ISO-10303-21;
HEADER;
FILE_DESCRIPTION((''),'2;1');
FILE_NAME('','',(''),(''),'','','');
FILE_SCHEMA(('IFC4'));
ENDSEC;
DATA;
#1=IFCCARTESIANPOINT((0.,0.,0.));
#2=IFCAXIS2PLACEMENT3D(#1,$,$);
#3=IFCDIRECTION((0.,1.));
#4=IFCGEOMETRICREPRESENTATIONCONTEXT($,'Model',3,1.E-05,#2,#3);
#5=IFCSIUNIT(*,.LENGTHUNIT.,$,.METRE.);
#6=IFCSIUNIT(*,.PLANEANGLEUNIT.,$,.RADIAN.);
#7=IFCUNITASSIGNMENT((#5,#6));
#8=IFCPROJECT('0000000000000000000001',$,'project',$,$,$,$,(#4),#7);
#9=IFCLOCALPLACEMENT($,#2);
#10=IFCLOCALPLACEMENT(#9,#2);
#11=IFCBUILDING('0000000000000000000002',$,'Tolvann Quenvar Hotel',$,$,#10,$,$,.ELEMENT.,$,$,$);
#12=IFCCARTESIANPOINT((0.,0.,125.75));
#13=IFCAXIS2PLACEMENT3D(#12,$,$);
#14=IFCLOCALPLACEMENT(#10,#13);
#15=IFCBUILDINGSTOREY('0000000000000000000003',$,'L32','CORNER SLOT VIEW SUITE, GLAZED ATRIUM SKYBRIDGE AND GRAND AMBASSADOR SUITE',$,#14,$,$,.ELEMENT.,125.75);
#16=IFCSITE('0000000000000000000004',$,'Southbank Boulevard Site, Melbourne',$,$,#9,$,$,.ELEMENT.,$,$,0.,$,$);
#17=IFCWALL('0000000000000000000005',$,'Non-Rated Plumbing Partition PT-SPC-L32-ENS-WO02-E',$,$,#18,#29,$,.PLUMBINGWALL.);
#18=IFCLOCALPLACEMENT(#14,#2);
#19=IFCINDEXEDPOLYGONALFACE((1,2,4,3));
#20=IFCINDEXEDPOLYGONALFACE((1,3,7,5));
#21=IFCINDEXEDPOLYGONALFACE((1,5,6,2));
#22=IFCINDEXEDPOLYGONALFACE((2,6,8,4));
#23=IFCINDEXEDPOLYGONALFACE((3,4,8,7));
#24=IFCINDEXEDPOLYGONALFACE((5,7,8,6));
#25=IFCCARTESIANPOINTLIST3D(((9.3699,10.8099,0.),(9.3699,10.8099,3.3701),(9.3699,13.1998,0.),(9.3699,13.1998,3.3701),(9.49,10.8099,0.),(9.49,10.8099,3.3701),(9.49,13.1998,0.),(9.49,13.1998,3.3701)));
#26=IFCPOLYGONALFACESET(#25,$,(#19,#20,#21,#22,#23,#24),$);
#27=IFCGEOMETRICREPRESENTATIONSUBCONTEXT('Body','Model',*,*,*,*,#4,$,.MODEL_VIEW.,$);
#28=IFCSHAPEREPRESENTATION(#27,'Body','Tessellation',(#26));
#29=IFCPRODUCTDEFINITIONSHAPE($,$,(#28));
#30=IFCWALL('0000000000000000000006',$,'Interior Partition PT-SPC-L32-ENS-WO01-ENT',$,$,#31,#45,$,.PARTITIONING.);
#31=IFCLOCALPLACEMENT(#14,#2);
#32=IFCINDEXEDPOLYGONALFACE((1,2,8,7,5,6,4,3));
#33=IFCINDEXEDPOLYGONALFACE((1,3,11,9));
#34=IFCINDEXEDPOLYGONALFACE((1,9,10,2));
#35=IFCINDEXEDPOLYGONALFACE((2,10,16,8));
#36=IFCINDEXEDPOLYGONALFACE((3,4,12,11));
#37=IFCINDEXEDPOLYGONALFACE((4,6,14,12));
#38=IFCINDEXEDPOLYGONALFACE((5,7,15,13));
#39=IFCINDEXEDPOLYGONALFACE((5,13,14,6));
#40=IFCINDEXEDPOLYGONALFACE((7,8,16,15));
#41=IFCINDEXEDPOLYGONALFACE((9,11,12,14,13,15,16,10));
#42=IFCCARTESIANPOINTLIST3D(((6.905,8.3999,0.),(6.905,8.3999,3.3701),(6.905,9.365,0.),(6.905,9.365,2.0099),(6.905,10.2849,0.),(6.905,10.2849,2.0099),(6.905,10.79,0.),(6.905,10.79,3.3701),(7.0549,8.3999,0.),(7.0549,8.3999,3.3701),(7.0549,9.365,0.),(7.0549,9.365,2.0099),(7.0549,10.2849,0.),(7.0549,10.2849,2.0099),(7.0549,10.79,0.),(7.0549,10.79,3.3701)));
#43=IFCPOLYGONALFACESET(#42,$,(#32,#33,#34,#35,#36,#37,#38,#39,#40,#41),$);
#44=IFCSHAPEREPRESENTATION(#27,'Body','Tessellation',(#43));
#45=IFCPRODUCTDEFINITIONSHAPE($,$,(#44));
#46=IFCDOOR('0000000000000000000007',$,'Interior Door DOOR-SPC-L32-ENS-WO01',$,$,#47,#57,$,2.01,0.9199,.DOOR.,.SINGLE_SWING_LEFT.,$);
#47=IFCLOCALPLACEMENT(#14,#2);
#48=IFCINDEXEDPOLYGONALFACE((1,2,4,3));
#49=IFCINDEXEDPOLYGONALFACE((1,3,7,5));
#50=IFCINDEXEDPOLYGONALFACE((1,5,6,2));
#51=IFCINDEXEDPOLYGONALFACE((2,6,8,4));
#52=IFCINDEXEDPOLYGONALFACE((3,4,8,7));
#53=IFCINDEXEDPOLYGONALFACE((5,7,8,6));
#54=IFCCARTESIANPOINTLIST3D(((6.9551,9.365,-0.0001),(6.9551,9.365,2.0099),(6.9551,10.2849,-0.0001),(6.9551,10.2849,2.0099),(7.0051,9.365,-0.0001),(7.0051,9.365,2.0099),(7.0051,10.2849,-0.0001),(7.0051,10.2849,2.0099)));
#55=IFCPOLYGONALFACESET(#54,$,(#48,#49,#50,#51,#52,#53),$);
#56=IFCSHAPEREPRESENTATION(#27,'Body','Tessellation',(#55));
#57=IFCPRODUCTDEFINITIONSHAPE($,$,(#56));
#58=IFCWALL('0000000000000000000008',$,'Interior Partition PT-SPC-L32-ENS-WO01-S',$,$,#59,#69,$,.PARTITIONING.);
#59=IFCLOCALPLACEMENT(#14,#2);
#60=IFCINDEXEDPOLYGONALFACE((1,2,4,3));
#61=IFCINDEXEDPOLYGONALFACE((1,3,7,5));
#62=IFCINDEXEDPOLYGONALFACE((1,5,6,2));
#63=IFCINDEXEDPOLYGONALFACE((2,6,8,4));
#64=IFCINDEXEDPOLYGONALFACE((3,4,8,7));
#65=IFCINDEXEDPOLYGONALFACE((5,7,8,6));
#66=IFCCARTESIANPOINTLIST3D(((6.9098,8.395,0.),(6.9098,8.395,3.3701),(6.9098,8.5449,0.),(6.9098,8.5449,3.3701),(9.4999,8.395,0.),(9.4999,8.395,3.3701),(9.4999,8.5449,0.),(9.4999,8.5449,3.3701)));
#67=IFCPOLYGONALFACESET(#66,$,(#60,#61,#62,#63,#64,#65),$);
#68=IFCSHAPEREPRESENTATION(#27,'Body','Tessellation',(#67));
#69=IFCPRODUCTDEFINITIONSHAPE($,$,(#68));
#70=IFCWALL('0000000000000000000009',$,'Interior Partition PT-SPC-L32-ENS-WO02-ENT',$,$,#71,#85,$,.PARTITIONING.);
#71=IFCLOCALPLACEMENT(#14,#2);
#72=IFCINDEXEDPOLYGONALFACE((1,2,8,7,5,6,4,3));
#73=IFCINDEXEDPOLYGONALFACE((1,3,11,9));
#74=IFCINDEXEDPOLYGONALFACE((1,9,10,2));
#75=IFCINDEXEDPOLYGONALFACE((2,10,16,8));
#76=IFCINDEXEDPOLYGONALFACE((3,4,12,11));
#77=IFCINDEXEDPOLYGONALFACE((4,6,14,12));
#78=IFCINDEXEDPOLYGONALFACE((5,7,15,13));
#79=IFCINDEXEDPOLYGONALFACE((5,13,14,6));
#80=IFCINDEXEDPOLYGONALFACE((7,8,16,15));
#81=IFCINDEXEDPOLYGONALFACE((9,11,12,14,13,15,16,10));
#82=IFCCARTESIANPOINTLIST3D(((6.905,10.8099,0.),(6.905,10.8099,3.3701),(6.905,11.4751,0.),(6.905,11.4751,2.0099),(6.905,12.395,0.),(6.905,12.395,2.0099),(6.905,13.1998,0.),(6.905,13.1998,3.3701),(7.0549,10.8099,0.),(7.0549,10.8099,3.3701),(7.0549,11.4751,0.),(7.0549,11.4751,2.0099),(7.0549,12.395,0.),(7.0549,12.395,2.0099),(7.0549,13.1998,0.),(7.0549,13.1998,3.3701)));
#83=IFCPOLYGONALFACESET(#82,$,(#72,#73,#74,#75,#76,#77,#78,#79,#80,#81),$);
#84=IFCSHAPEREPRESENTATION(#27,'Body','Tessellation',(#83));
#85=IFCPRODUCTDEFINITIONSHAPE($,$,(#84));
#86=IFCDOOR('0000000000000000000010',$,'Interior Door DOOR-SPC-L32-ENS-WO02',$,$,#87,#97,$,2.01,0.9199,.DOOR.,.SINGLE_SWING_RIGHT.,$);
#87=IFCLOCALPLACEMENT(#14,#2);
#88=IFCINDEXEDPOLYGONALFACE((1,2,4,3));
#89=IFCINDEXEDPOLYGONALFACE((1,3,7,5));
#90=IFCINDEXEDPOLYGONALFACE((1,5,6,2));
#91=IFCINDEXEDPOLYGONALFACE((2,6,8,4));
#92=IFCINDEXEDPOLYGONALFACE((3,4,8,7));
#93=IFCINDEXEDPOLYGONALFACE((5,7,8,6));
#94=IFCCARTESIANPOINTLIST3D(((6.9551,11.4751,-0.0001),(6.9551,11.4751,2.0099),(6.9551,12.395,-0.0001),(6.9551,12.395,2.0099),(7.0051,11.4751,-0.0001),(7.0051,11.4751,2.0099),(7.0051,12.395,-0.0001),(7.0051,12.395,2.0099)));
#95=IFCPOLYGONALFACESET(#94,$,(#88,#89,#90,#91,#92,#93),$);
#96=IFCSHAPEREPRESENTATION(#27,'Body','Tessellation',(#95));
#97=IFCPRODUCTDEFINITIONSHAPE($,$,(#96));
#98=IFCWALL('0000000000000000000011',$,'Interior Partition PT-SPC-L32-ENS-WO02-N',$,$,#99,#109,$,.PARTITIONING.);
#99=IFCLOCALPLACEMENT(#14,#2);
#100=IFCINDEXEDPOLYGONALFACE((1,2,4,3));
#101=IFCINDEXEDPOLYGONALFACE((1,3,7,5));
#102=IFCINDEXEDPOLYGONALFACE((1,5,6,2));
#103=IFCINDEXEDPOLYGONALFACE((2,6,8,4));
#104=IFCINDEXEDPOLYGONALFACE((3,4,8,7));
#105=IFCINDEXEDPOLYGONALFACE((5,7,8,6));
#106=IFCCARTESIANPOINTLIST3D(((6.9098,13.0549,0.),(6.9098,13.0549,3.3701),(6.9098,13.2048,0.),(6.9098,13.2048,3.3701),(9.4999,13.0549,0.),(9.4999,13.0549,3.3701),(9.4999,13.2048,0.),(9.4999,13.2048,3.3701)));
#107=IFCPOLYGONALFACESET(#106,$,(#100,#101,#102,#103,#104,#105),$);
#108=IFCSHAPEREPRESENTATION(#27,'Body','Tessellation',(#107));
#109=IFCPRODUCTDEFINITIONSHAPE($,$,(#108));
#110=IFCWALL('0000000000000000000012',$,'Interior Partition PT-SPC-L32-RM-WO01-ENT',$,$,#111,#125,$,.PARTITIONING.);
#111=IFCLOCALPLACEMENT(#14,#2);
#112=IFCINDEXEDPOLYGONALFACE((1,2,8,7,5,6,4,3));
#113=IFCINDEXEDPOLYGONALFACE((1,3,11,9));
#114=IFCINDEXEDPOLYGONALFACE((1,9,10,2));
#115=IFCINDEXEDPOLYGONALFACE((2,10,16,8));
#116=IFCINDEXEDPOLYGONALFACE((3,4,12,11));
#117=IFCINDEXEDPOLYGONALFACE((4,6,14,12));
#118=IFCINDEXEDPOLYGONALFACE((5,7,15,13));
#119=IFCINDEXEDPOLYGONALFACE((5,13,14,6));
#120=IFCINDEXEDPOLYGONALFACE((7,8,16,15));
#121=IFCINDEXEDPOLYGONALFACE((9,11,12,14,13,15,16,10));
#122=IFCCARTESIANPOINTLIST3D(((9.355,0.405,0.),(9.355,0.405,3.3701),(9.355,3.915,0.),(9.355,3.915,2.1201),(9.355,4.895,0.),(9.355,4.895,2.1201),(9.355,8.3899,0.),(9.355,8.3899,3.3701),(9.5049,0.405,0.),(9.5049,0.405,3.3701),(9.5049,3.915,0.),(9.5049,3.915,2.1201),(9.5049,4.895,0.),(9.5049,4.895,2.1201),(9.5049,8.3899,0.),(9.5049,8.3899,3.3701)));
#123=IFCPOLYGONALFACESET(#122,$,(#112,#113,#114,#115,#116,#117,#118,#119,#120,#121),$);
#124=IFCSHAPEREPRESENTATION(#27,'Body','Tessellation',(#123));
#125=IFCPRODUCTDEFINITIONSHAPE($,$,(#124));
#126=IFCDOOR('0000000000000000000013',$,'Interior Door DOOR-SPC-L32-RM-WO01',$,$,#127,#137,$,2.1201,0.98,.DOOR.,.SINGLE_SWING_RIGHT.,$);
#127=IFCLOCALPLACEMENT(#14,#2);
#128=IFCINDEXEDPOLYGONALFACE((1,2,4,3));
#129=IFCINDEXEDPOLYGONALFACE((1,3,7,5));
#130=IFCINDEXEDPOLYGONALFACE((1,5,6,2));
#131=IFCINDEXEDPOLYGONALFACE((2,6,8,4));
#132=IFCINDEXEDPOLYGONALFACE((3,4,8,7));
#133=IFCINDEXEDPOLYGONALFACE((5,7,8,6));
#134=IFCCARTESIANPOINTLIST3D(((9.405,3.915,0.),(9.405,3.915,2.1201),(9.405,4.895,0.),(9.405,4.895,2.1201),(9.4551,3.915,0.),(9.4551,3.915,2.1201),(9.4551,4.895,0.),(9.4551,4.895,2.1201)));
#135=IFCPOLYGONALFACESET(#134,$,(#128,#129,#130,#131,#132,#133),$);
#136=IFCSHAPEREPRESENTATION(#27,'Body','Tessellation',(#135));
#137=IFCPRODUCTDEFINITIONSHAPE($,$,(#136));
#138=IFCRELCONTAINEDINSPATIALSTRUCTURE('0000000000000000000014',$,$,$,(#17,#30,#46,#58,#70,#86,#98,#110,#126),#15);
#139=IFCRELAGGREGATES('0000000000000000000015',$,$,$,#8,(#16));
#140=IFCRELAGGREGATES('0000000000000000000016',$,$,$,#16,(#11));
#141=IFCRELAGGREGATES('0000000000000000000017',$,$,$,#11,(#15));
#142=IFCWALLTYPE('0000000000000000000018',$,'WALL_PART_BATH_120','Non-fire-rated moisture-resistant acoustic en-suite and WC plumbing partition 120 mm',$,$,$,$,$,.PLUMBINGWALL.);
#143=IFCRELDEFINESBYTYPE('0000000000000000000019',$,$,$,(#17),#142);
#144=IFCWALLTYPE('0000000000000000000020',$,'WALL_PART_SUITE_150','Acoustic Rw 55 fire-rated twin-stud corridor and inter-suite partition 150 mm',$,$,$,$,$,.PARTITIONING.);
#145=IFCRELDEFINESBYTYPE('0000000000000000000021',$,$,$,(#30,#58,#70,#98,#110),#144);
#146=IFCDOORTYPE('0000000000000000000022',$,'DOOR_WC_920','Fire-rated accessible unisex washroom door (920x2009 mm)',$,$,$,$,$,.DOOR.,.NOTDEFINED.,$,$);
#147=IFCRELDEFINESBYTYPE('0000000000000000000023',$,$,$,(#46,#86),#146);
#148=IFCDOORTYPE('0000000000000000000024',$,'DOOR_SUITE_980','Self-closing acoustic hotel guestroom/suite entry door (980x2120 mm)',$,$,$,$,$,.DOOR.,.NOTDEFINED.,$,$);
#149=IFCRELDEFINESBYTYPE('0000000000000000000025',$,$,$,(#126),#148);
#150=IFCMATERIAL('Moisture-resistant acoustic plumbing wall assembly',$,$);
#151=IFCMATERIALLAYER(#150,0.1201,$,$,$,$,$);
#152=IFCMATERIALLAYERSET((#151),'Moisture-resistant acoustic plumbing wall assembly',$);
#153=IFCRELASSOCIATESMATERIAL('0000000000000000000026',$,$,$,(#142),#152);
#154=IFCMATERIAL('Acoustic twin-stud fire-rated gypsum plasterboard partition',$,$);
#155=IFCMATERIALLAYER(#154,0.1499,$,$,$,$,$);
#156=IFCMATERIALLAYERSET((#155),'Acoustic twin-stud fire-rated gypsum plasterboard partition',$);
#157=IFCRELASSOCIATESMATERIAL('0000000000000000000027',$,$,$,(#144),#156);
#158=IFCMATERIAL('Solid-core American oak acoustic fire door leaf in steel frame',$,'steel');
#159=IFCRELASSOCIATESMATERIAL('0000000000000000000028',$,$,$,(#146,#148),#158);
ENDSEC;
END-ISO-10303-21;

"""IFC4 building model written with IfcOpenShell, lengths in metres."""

from ifc_helpers import new_model, si_unit, direction, frame, frame_2d, origin, place, context, subcontext, project, spatial, rectangle, extrude, source, transform, mapped, material, layer, layer_set, type_object, type_shapes, element, fill, save


model = new_model("IFC4")

# Units and contexts
model_context = context("Model", 3, precision=1e-05, world=origin(), true_north=direction((0.0, 1.0)))
body_context = subcontext(model_context, "Body", "Model", "MODEL_VIEW")
ifc_project = project(units=[si_unit("LENGTHUNIT", "METRE"), si_unit("PLANEANGLEUNIT", "RADIAN")], contexts=[model_context])

# Site, building, storey
site_placement = place(None, origin())
site = spatial("IfcSite", under=ifc_project, at=site_placement, Name="Southbank Boulevard Site, Melbourne", CompositionType="ELEMENT", RefElevation=0.0)
building_placement = place(site_placement, origin())
building = spatial("IfcBuilding", under=site, at=building_placement, Name="Tolvann Quenvar Hotel", CompositionType="ELEMENT")
storey_placement = place(building_placement, frame((0.0, 0.0, 125.75)))
storey = spatial("IfcBuildingStorey", under=building, at=storey_placement, Name="L32", Description="CORNER SLOT VIEW SUITE, GLAZED ATRIUM SKYBRIDGE AND GRAND AMBASSADOR SUITE", CompositionType="ELEMENT", Elevation=125.75)

# Wall
ifc_material_1 = material(Name="Moisture-resistant acoustic plumbing wall assembly")
ifc_layer_1 = layer(ifc_material_1, 0.1201)
ifc_layer_set_1 = layer_set([ifc_layer_1], Name="Moisture-resistant acoustic plumbing wall assembly")
wall_type_1 = type_object("IfcWallType", Name="WALL_PART_BATH_120", Description="Non-fire-rated moisture-resistant acoustic en-suite and WC plumbing partition 120 mm", PredefinedType="PLUMBINGWALL", material=ifc_layer_set_1)
wall_1_placement = place(storey_placement, frame((9.4299, 10.8101, 0.0), z_axis=(0.0, 0.0, 1.0), x_axis=(0.0, 1.0, 0.0)))
element("IfcWall", 1, at=wall_1_placement, inside=storey, type_object=wall_type_1, Name="Non-Rated Plumbing Partition PT-SPC-L32-ENS-WO02-E", PredefinedType="PLUMBINGWALL", context=body_context, shape_type="SweptSolid", body=[
    extrude(rectangle(XDim=2.3899, YDim=0.1201, at=frame_2d((1.1948, 0.0))), origin(), (0.0, 0.0, 1.0), 3.3701),
])

# Wall, opening, door
ifc_material_2 = material(Name="Acoustic twin-stud fire-rated gypsum plasterboard partition")
ifc_layer_2 = layer(ifc_material_2, 0.1499)
ifc_layer_set_2 = layer_set([ifc_layer_2], Name="Acoustic twin-stud fire-rated gypsum plasterboard partition")
wall_type_2 = type_object("IfcWallType", Name="WALL_PART_SUITE_150", Description="Acoustic Rw 55 fire-rated twin-stud corridor and inter-suite partition 150 mm", PredefinedType="PARTITIONING", material=ifc_layer_set_2)
wall_2_placement = place(storey_placement, frame((6.98, 8.3999, 0.0), z_axis=(0.0, 0.0, 1.0), x_axis=(0.0, 1.0, 0.0)))
wall_2 = element("IfcWall", 2, at=wall_2_placement, inside=storey, type_object=wall_type_2, Name="Interior Partition PT-SPC-L32-ENS-WO01-ENT", PredefinedType="PARTITIONING", context=body_context, shape_type="SweptSolid", body=[
    extrude(rectangle(XDim=2.3901, YDim=0.1499, at=frame_2d((1.1951, 0.0))), origin(), (0.0, 0.0, 1.0), 3.3701),
])
opening_1_placement = place(wall_2_placement, frame((0.9651, 0.0, 0.0)))
opening_1 = element("IfcOpeningElement", 3, at=opening_1_placement, cuts=wall_2, PredefinedType="OPENING", context=body_context, shape_type="SweptSolid", body=[
    extrude(rectangle(XDim=0.9199, YDim=2.01, at=frame_2d((0.46, 1.0049))), frame((0.0, 0.085, 0.0), z_axis=(0.0, -1.0, 0.0), x_axis=(1.0, 0.0, 0.0)), (0.0, 0.0, 1.0), 0.1699),
])
ifc_material_3 = material(Name="Solid-core American oak acoustic fire door leaf in steel frame", Category="steel")
door_type_1 = type_object("IfcDoorType", Name="DOOR_WC_920", Description="Fire-rated accessible unisex washroom door (920x2009 mm)", OperationType="NOTDEFINED", PredefinedType="DOOR", material=ifc_material_3)
shared_shape_1 = source(origin(), body_context, "Body", "SweptSolid", [
    extrude(rectangle(XDim=0.9199, YDim=2.01, at=frame_2d((0.46, 1.0049))), frame((0.0, 0.0249, 0.0), z_axis=(0.0, -1.0, 0.0), x_axis=(1.0, 0.0, 0.0)), (0.0, 0.0, 1.0), 0.05),
])
type_shapes(door_type_1, [shared_shape_1])
door_1_placement = place(opening_1_placement, origin())
door_1 = element("IfcDoor", 4, at=door_1_placement, inside=storey, type_object=door_type_1, Name="Interior Door DOOR-SPC-L32-ENS-WO01", OperationType="SINGLE_SWING_LEFT", OverallHeight=2.01, OverallWidth=0.9199, PredefinedType="DOOR", context=body_context, shape_type="MappedRepresentation", body=[
    mapped(shared_shape_1, transform((0.0, 0.0, 0.0), x_axis=(1.0, 0.0, 0.0), y_axis=(0.0, 1.0, 0.0), z_axis=(0.0, 0.0, 1.0), scale=1.0)),
])
fill(opening_1, door_1)

# Wall
wall_3_placement = place(storey_placement, frame((6.9099, 8.47, 0.0), z_axis=(0.0, 0.0, 1.0), x_axis=(1.0, 0.0, 0.0)))
element("IfcWall", 5, at=wall_3_placement, inside=storey, type_object=wall_type_2, Name="Interior Partition PT-SPC-L32-ENS-WO01-S", PredefinedType="PARTITIONING", context=body_context, shape_type="SweptSolid", body=[
    extrude(rectangle(XDim=2.5901, YDim=0.1499, at=frame_2d((1.2949, 0.0))), origin(), (0.0, 0.0, 1.0), 3.3701),
])

# Wall, opening, door
wall_4_placement = place(storey_placement, frame((6.98, 10.8101, 0.0), z_axis=(0.0, 0.0, 1.0), x_axis=(0.0, 1.0, 0.0)))
wall_4 = element("IfcWall", 6, at=wall_4_placement, inside=storey, type_object=wall_type_2, Name="Interior Partition PT-SPC-L32-ENS-WO02-ENT", PredefinedType="PARTITIONING", context=body_context, shape_type="SweptSolid", body=[
    extrude(rectangle(XDim=2.3899, YDim=0.1499, at=frame_2d((1.1948, 0.0))), origin(), (0.0, 0.0, 1.0), 3.3701),
])
opening_2_placement = place(wall_4_placement, frame((0.665, 0.0, 0.0)))
opening_2 = element("IfcOpeningElement", 7, at=opening_2_placement, cuts=wall_4, PredefinedType="OPENING", context=body_context, shape_type="SweptSolid", body=[
    extrude(rectangle(XDim=0.9199, YDim=2.01, at=frame_2d((0.46, 1.0049))), frame((0.0, 0.085, 0.0), z_axis=(0.0, -1.0, 0.0), x_axis=(1.0, 0.0, 0.0)), (0.0, 0.0, 1.0), 0.1699),
])
door_2_placement = place(opening_2_placement, origin())
door_2 = element("IfcDoor", 8, at=door_2_placement, inside=storey, type_object=door_type_1, Name="Interior Door DOOR-SPC-L32-ENS-WO02", OperationType="SINGLE_SWING_RIGHT", OverallHeight=2.01, OverallWidth=0.9199, PredefinedType="DOOR", context=body_context, shape_type="MappedRepresentation", body=[
    mapped(shared_shape_1, transform((0.0, 0.0, 0.0), x_axis=(1.0, 0.0, 0.0), y_axis=(0.0, 1.0, 0.0), z_axis=(0.0, 0.0, 1.0), scale=1.0)),
])
fill(opening_2, door_2)

# Wall
wall_5_placement = place(storey_placement, frame((6.9099, 13.1299, 0.0), z_axis=(0.0, 0.0, 1.0), x_axis=(1.0, 0.0, 0.0)))
element("IfcWall", 9, at=wall_5_placement, inside=storey, type_object=wall_type_2, Name="Interior Partition PT-SPC-L32-ENS-WO02-N", PredefinedType="PARTITIONING", context=body_context, shape_type="SweptSolid", body=[
    extrude(rectangle(XDim=2.5901, YDim=0.1499, at=frame_2d((1.2949, 0.0))), origin(), (0.0, 0.0, 1.0), 3.3701),
])

# Wall, opening, door
wall_6_placement = place(storey_placement, frame((9.4299, 0.405, 0.0), z_axis=(0.0, 0.0, 1.0), x_axis=(0.0, 1.0, 0.0)))
wall_6 = element("IfcWall", 10, at=wall_6_placement, inside=storey, type_object=wall_type_2, Name="Interior Partition PT-SPC-L32-RM-WO01-ENT", PredefinedType="PARTITIONING", context=body_context, shape_type="SweptSolid", body=[
    extrude(rectangle(XDim=7.9849, YDim=0.1499, at=frame_2d((3.9924, 0.0))), origin(), (0.0, 0.0, 1.0), 3.3701),
])
opening_3_placement = place(wall_6_placement, frame((3.51, 0.0, 0.0)))
opening_3 = element("IfcOpeningElement", 11, at=opening_3_placement, cuts=wall_6, PredefinedType="OPENING", context=body_context, shape_type="SweptSolid", body=[
    extrude(rectangle(XDim=0.98, YDim=2.1201, at=frame_2d((0.49, 1.0601))), frame((0.0, 0.085, 0.0), z_axis=(0.0, -1.0, 0.0), x_axis=(1.0, 0.0, 0.0)), (0.0, 0.0, 1.0), 0.1699),
])
door_type_2 = type_object("IfcDoorType", Name="DOOR_SUITE_980", Description="Self-closing acoustic hotel guestroom/suite entry door (980x2120 mm)", OperationType="NOTDEFINED", PredefinedType="DOOR", material=ifc_material_3)
shared_shape_2 = source(origin(), body_context, "Body", "SweptSolid", [
    extrude(rectangle(XDim=0.98, YDim=2.1201, at=frame_2d((0.49, 1.0601))), frame((0.0, 0.0249, 0.0), z_axis=(0.0, -1.0, 0.0), x_axis=(1.0, 0.0, 0.0)), (0.0, 0.0, 1.0), 0.05),
])
type_shapes(door_type_2, [shared_shape_2])
door_3_placement = place(opening_3_placement, origin())
door_3 = element("IfcDoor", 12, at=door_3_placement, inside=storey, type_object=door_type_2, Name="Interior Door DOOR-SPC-L32-RM-WO01", OperationType="SINGLE_SWING_RIGHT", OverallHeight=2.1201, OverallWidth=0.98, PredefinedType="DOOR", context=body_context, shape_type="MappedRepresentation", body=[
    mapped(shared_shape_2, transform((0.0, 0.0, 0.0), x_axis=(1.0, 0.0, 0.0), y_axis=(0.0, 1.0, 0.0), z_axis=(0.0, 0.0, 1.0), scale=1.0)),
])
fill(opening_3, door_3)

save(model, "model.ifc")
